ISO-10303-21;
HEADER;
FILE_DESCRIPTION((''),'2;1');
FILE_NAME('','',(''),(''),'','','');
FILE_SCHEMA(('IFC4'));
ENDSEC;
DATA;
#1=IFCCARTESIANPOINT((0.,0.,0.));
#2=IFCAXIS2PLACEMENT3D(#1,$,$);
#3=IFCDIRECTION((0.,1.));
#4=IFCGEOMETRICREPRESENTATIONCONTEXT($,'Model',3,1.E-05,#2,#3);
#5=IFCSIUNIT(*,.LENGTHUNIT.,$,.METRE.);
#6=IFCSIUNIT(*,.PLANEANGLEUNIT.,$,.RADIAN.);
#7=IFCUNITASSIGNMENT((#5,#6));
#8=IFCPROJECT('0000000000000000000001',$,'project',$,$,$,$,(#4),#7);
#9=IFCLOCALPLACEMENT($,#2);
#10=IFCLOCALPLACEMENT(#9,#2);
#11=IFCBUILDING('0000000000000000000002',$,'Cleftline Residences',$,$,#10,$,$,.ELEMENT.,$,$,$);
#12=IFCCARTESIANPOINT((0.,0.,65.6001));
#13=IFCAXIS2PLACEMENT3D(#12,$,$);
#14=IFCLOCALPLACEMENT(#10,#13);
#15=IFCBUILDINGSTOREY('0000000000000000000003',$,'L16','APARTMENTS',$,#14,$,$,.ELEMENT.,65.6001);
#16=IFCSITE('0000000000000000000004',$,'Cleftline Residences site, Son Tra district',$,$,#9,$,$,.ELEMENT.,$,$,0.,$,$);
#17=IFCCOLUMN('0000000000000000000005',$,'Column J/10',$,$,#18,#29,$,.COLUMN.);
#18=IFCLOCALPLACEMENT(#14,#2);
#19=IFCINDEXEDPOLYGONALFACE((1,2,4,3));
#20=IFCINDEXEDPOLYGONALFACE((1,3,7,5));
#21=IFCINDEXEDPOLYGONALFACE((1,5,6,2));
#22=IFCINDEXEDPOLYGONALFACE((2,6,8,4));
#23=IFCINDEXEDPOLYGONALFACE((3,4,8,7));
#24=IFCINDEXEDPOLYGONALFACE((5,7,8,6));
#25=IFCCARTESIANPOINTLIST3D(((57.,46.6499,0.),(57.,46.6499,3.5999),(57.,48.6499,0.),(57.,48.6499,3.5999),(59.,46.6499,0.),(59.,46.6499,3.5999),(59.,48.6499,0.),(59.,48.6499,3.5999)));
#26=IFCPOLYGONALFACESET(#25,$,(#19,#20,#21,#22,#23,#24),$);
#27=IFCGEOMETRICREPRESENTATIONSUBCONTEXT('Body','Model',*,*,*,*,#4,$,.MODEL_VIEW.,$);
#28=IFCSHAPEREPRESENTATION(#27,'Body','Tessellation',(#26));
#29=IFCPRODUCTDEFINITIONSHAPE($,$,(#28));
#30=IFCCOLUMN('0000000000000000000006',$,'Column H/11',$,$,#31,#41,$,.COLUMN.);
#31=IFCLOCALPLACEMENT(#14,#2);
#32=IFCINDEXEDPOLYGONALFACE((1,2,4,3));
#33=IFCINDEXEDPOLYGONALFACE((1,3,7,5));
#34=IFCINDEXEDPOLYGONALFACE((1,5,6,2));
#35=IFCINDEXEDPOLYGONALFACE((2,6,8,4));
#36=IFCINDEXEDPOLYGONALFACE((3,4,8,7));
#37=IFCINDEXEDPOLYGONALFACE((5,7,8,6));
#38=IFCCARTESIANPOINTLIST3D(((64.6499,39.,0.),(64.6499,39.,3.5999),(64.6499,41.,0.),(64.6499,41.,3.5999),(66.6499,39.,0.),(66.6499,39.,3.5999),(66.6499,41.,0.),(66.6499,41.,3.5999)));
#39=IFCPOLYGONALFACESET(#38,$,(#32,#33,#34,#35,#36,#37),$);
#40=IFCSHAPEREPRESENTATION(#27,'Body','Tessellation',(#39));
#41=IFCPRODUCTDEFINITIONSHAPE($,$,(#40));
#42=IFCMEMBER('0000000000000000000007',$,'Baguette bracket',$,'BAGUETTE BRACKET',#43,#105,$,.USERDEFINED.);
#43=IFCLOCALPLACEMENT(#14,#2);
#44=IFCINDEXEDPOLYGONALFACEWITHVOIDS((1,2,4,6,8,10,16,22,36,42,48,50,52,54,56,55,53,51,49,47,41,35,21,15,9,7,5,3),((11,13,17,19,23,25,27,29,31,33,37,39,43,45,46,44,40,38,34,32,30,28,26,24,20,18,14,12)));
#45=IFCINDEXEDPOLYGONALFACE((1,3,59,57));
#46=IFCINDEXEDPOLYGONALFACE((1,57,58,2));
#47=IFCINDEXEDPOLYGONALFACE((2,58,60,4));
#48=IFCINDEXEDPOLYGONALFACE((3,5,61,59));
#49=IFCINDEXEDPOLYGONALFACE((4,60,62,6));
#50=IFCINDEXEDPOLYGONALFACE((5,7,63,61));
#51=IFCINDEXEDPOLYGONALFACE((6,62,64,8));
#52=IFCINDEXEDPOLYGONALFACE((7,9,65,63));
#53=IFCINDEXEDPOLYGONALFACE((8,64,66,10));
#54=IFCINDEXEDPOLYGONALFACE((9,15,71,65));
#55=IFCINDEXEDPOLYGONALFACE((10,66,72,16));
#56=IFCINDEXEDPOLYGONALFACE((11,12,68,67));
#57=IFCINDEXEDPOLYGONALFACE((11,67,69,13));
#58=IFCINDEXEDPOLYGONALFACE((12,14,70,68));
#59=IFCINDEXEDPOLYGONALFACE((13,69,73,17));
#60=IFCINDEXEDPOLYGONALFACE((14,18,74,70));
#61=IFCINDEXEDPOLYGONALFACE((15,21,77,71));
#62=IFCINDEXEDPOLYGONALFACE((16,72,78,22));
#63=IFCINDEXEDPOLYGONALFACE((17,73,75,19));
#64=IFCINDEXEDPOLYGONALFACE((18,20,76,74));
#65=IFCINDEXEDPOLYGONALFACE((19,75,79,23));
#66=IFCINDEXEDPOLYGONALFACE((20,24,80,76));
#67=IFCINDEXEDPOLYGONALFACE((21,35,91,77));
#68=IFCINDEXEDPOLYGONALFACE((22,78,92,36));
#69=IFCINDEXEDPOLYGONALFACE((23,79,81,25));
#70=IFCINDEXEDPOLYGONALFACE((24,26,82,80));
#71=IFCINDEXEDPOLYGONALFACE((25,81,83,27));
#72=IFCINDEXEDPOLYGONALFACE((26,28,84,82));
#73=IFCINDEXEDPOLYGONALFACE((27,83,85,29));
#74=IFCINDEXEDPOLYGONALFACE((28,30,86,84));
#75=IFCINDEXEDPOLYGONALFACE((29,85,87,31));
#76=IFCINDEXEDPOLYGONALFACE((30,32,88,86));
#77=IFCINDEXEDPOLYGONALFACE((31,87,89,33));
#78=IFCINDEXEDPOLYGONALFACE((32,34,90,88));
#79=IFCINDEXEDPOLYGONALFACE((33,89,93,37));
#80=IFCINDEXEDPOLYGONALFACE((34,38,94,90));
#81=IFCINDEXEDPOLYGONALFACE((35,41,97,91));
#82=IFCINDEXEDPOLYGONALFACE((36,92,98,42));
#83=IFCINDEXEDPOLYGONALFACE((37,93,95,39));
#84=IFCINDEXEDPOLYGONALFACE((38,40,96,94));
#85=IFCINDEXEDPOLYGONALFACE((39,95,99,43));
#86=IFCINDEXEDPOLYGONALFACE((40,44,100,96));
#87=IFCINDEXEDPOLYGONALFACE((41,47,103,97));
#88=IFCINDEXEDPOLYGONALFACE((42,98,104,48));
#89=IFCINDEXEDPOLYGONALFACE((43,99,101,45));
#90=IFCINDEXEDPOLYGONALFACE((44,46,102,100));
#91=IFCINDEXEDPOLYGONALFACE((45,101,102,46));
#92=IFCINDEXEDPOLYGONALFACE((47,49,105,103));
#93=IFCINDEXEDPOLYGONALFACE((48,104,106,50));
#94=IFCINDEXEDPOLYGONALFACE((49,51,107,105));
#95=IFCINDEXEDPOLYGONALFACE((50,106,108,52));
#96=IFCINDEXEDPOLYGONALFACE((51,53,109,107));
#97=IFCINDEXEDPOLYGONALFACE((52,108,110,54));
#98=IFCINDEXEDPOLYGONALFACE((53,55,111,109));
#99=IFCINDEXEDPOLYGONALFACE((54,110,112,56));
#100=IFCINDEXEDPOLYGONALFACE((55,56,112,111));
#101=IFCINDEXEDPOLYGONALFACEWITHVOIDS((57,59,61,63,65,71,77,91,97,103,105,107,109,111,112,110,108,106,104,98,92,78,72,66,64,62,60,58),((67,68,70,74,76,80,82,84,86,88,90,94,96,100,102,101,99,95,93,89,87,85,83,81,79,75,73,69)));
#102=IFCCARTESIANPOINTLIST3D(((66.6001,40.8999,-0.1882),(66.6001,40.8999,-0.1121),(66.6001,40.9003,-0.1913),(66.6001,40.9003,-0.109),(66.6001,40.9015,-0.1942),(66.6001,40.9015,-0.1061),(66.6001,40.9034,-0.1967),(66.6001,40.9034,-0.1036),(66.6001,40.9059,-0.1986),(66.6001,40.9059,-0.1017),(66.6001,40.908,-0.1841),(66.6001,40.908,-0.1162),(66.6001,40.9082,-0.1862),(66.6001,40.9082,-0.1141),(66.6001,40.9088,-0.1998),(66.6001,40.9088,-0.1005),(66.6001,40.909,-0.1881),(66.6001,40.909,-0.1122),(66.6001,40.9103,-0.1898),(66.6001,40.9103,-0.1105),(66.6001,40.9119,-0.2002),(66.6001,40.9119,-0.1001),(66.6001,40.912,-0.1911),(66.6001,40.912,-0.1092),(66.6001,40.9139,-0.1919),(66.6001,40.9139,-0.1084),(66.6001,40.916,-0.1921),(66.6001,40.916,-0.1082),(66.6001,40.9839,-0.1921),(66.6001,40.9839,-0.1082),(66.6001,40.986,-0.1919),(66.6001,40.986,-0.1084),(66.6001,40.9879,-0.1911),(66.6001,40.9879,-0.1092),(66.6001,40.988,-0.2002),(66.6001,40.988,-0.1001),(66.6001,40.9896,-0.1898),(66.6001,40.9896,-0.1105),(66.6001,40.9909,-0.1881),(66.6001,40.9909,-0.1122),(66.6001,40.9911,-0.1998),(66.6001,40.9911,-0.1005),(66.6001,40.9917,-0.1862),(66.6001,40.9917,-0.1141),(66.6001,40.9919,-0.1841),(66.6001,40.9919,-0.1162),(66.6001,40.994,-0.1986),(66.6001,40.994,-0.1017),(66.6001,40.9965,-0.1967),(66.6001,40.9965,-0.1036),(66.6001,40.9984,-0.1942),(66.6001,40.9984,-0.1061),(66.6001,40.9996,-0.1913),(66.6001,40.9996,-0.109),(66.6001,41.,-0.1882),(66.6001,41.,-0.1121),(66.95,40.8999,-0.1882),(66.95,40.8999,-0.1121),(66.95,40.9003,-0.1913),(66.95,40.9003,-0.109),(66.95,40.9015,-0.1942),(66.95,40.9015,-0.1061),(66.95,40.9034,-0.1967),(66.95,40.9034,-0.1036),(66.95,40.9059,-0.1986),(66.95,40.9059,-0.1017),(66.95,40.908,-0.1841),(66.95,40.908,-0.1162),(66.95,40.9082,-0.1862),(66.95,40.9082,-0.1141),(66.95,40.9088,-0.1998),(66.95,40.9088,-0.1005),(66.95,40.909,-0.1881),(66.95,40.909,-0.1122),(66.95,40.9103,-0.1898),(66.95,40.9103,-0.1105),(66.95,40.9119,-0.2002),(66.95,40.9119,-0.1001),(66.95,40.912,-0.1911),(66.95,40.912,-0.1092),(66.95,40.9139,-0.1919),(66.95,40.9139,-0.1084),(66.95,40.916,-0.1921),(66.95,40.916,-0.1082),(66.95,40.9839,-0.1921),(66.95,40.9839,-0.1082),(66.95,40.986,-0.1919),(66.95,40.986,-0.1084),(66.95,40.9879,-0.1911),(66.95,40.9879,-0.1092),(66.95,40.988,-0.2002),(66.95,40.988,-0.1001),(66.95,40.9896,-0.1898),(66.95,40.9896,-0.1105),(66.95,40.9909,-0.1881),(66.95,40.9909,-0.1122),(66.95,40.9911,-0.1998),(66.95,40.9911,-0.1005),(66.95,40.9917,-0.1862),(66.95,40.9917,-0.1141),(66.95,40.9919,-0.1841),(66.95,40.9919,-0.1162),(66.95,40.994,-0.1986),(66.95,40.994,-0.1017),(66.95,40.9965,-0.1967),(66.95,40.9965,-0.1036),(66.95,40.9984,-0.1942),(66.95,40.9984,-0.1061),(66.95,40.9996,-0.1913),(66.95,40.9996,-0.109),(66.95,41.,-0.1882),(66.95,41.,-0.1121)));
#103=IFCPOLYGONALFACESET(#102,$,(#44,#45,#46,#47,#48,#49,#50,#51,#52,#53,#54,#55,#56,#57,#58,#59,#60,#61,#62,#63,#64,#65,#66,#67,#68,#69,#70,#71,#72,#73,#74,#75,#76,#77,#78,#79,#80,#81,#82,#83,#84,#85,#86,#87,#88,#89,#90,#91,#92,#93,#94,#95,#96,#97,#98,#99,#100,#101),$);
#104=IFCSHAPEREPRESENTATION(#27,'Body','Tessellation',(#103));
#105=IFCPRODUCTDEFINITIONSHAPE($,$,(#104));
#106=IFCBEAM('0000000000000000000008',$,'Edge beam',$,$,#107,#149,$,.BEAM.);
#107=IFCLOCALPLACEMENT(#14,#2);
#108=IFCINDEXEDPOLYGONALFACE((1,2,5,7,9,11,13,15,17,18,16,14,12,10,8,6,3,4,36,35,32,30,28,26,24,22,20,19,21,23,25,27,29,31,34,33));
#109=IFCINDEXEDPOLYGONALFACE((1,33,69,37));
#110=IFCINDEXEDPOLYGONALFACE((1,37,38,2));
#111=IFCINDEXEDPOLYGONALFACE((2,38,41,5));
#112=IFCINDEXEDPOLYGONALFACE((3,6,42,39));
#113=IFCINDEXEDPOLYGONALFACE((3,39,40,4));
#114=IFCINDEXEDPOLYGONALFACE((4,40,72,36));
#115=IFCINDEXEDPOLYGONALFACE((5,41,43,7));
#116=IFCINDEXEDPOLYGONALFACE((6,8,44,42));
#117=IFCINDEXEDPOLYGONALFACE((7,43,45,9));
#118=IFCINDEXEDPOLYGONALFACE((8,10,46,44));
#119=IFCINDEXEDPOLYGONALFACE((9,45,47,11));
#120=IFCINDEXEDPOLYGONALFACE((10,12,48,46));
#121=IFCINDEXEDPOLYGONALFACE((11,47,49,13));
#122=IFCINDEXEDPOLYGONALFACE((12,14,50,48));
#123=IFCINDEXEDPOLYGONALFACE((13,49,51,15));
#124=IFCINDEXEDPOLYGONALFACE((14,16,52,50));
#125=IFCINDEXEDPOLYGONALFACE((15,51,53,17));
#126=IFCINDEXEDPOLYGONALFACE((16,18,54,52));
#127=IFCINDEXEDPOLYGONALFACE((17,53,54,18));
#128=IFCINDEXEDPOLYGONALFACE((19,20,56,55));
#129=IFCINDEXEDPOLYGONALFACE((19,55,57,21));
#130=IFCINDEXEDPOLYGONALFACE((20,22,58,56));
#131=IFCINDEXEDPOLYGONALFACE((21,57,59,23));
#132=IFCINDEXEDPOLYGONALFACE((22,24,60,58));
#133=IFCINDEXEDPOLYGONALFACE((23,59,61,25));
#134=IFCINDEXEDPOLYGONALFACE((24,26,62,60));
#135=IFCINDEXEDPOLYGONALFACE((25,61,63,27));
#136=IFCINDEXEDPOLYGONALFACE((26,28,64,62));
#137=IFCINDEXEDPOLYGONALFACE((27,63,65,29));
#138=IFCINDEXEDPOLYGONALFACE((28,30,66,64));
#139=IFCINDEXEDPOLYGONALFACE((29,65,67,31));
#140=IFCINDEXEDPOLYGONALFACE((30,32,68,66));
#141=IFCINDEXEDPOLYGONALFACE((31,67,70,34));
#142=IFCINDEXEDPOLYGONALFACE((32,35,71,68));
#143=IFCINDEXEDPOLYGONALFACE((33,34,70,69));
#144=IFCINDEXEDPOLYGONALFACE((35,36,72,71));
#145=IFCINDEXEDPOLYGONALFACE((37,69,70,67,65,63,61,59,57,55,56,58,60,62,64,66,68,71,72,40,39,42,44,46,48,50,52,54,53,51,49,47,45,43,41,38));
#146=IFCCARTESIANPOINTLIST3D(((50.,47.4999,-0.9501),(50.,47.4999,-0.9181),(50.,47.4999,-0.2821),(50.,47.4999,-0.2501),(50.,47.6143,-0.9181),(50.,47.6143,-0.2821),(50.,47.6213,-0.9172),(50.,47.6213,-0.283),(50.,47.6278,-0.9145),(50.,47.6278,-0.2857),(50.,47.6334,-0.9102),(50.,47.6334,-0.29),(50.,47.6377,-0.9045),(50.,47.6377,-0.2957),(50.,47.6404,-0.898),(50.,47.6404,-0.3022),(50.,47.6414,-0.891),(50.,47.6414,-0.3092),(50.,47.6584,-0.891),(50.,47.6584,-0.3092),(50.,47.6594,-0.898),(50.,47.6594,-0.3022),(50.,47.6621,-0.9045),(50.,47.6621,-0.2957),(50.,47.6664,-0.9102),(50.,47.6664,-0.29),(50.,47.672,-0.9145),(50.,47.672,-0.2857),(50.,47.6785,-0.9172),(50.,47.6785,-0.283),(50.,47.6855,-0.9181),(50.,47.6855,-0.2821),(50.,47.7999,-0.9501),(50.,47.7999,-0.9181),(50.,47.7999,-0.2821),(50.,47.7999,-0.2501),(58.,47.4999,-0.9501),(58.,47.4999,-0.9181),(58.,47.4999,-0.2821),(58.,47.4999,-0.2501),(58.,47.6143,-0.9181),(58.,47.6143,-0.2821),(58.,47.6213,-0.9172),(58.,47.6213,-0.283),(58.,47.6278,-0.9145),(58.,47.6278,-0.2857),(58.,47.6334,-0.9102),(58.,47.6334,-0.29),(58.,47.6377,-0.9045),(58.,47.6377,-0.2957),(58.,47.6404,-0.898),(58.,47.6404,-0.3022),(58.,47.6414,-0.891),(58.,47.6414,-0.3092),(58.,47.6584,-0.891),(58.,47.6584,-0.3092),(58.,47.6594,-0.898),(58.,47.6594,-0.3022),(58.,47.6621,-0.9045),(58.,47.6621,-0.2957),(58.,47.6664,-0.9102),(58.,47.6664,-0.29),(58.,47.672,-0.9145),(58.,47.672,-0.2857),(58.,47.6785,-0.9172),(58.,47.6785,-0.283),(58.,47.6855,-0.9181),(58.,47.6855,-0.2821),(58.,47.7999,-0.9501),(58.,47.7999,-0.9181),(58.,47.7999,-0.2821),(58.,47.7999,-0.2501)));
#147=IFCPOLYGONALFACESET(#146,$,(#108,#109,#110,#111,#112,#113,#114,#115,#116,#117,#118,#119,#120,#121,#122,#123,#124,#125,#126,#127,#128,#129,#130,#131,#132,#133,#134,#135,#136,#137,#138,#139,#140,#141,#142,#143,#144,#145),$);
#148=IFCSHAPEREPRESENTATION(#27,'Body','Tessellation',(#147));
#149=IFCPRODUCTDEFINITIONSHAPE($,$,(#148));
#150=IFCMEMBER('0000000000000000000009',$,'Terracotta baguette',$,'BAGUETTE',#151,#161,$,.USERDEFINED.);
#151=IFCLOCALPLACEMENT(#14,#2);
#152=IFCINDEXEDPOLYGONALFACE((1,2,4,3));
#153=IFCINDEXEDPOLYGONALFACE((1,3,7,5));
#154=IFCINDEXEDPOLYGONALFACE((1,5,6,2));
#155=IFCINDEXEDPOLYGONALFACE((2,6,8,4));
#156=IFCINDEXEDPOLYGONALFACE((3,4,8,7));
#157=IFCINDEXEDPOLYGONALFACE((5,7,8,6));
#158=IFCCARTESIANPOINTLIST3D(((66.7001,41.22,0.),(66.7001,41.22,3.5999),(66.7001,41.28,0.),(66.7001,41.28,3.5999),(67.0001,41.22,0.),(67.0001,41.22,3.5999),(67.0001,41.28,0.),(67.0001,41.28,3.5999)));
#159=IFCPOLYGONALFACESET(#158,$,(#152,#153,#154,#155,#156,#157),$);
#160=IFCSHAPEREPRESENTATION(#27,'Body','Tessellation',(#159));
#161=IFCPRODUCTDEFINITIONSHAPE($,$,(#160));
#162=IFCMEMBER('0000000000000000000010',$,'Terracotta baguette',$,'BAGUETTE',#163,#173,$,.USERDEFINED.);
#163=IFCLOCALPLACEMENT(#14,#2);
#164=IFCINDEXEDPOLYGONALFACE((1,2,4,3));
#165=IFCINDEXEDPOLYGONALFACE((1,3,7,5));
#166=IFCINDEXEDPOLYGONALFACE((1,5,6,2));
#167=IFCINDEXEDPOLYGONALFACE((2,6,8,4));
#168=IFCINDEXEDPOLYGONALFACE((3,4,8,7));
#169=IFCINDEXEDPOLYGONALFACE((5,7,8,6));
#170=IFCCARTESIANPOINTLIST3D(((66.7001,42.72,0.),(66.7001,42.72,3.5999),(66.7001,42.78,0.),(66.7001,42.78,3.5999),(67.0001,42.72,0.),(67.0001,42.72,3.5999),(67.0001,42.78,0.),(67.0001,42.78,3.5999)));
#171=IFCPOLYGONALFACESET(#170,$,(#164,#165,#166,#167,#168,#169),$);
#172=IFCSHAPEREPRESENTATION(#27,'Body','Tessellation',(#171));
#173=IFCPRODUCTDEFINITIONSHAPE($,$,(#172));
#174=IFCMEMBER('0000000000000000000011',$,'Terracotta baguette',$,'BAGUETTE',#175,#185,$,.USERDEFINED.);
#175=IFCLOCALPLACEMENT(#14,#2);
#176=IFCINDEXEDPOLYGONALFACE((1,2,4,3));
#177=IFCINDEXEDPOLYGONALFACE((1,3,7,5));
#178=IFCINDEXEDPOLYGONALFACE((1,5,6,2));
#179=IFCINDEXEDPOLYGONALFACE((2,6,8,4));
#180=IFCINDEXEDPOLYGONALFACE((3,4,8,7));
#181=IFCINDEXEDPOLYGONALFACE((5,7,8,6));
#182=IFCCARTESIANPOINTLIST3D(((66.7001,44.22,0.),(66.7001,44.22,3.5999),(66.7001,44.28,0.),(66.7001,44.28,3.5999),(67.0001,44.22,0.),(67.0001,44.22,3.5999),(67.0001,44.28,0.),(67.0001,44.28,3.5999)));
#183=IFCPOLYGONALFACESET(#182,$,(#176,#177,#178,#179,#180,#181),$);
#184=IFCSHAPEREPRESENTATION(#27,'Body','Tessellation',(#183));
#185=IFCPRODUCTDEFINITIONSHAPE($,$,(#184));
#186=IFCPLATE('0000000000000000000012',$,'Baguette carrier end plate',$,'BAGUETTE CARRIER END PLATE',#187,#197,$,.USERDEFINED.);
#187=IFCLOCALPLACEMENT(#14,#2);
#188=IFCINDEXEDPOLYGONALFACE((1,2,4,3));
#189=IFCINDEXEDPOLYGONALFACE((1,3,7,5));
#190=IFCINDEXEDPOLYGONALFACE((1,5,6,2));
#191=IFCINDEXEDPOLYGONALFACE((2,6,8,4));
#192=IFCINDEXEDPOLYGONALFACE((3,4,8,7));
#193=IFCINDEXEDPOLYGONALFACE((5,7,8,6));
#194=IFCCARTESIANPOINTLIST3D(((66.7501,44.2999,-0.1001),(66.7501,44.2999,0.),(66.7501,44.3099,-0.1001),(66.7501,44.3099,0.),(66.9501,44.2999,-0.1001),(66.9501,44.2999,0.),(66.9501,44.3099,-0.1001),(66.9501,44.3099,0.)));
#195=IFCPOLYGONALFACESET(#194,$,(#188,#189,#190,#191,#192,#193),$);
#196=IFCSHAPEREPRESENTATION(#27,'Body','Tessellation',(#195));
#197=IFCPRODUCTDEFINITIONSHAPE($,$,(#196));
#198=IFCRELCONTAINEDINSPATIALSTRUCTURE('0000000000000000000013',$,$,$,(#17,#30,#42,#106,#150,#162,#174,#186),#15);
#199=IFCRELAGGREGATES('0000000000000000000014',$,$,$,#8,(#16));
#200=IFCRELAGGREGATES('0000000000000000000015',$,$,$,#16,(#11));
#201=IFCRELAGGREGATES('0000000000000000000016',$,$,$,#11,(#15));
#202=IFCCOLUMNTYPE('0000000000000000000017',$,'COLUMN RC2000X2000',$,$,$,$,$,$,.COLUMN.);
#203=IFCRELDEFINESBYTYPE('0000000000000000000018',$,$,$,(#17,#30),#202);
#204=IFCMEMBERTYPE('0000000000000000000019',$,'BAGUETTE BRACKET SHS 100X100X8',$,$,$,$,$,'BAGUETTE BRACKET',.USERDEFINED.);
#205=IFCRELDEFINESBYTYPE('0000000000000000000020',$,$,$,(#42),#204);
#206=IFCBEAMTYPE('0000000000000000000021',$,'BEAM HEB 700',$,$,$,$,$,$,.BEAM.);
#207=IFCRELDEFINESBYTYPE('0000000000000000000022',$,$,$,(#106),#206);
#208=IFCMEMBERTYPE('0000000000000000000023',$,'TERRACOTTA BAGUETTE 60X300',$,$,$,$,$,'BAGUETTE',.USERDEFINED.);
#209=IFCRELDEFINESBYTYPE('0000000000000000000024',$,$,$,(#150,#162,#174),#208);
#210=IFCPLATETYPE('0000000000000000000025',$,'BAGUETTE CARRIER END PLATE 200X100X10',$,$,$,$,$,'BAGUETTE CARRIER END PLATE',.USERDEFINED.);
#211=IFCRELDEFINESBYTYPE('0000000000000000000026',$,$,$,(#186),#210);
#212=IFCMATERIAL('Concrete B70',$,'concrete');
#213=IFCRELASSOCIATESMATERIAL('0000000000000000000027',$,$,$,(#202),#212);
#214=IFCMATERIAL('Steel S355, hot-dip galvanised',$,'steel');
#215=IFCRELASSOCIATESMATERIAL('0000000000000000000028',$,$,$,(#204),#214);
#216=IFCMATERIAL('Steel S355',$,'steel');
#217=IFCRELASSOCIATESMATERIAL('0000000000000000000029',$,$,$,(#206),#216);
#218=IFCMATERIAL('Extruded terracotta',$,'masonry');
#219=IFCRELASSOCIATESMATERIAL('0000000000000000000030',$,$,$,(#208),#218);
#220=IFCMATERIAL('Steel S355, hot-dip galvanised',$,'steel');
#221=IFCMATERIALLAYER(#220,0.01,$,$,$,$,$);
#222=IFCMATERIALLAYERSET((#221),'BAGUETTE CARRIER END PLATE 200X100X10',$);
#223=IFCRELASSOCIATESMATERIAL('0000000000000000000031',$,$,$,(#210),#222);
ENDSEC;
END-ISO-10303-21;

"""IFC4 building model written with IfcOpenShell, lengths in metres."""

from ifc_helpers import new_model, si_unit, direction, frame, origin, origin_2d, place, context, subcontext, project, spatial, rectangle, hollow_rectangle, i_section, extrude, material, layer, layer_set, material_profile, profile_set, type_object, element, save


model = new_model("IFC4")

# Units and contexts
model_context = context("Model", 3, precision=1e-05, world=origin(), true_north=direction((0.0, 1.0)))
body_context = subcontext(model_context, "Body", "Model", "MODEL_VIEW")
ifc_project = project(units=[si_unit("LENGTHUNIT", "METRE"), si_unit("PLANEANGLEUNIT", "RADIAN")], contexts=[model_context])

# Site, building, storey
site_placement = place(None, origin())
site = spatial("IfcSite", under=ifc_project, at=site_placement, Name="Cleftline Residences site, Son Tra district", CompositionType="ELEMENT", RefElevation=0.0)
building_placement = place(site_placement, origin())
building = spatial("IfcBuilding", under=site, at=building_placement, Name="Cleftline Residences", CompositionType="ELEMENT")
storey_placement = place(building_placement, frame((0.0, 0.0, 65.6001)))
storey = spatial("IfcBuildingStorey", under=building, at=storey_placement, Name="L16", Description="APARTMENTS", CompositionType="ELEMENT", Elevation=65.6001)

# Columns
ifc_material_1 = material(Name="Concrete B70", Category="concrete")
ifc_material_profile_1 = material_profile(ifc_material_1, rectangle(XDim=2.0, YDim=2.0, at=origin_2d()))
ifc_profile_set_1 = profile_set([ifc_material_profile_1], Name="Concrete B70")
column_type = type_object("IfcColumnType", Name="COLUMN RC2000X2000", PredefinedType="COLUMN", material=ifc_profile_set_1)
for number, where, z_axis, x_axis, name in (
    (1, (58.0, 47.6499, 0.0), (0.0, 0.0, 1.0), (1.0, 0.0, 0.0), "Column J/10"),
    (2, (65.6499, 40.0, 0.0), (0.0, 0.0, 1.0), (1.0, 0.0, 0.0), "Column H/11"),
):
    element("IfcColumn", number, at=place(storey_placement, frame(where, z_axis=z_axis, x_axis=x_axis)), inside=storey, type_object=column_type, Name=name, PredefinedType="COLUMN", context=body_context, shape_type="SweptSolid", body=[
        extrude(rectangle(XDim=2.0, YDim=2.0, at=origin_2d()), origin(), (0.0, 0.0, 1.0), 3.5999),
    ])

# Member
ifc_material_2 = material(Name="Steel S355, hot-dip galvanised", Category="steel")
ifc_material_profile_2 = material_profile(ifc_material_2, hollow_rectangle(XDim=0.1001, YDim=0.1001, WallThickness=0.0081, InnerFilletRadius=0.0081, OuterFilletRadius=0.012, at=origin_2d()))
ifc_profile_set_2 = profile_set([ifc_material_profile_2], Name="Steel S355, hot-dip galvanised")
member_type_1 = type_object("IfcMemberType", Name="BAGUETTE BRACKET SHS 100X100X8", ElementType="BAGUETTE BRACKET", PredefinedType="USERDEFINED", material=ifc_profile_set_2)
member_placement = place(storey_placement, frame((66.6001, 40.95, -0.1501), z_axis=(1.0, 0.0, 0.0), x_axis=(0.0, 1.0, 0.0)))
element("IfcMember", 3, at=member_placement, inside=storey, type_object=member_type_1, Name="Baguette bracket", ObjectType="BAGUETTE BRACKET", PredefinedType="USERDEFINED", context=body_context, shape_type="SweptSolid", body=[
    extrude(hollow_rectangle(XDim=0.1001, YDim=0.1001, WallThickness=0.0081, InnerFilletRadius=0.0081, OuterFilletRadius=0.012, at=origin_2d()), origin(), (0.0, 0.0, 1.0), 0.3499),
])

# Beam
ifc_material_3 = material(Name="Steel S355", Category="steel")
ifc_material_profile_3 = material_profile(ifc_material_3, i_section(OverallWidth=0.3, OverallDepth=0.7, WebThickness=0.0171, FlangeThickness=0.032, FilletRadius=0.0271, at=origin_2d()))
ifc_profile_set_3 = profile_set([ifc_material_profile_3], Name="Steel S355")
beam_type = type_object("IfcBeamType", Name="BEAM HEB 700", PredefinedType="BEAM", material=ifc_profile_set_3)
beam_placement = place(storey_placement, frame((58.0, 47.6499, -0.6001), z_axis=(-1.0, 0.0, 0.0), x_axis=(0.0, -1.0, 0.0)))
element("IfcBeam", 4, at=beam_placement, inside=storey, type_object=beam_type, Name="Edge beam", PredefinedType="BEAM", context=body_context, shape_type="SweptSolid", body=[
    extrude(i_section(OverallWidth=0.3, OverallDepth=0.7, WebThickness=0.0171, FlangeThickness=0.032, FilletRadius=0.0271, at=origin_2d()), origin(), (0.0, 0.0, 1.0), 8.0),
])

# Members
ifc_material_4 = material(Name="Extruded terracotta", Category="masonry")
ifc_material_profile_4 = material_profile(ifc_material_4, rectangle(XDim=0.0601, YDim=0.3, at=origin_2d()))
ifc_profile_set_4 = profile_set([ifc_material_profile_4], Name="Extruded terracotta")
member_type_2 = type_object("IfcMemberType", Name="TERRACOTTA BAGUETTE 60X300", ElementType="BAGUETTE", PredefinedType="USERDEFINED", material=ifc_profile_set_4)
for number, where, z_axis, x_axis, name in (
    (5, (66.8501, 41.25, 0.0), (0.0, 0.0, 1.0), (0.0, 1.0, 0.0), "Terracotta baguette"),
    (6, (66.8501, 42.75, 0.0), (0.0, 0.0, 1.0), (0.0, 1.0, 0.0), "Terracotta baguette"),
    (7, (66.8501, 44.25, 0.0), (0.0, 0.0, 1.0), (0.0, 1.0, 0.0), "Terracotta baguette"),
):
    element("IfcMember", number, at=place(storey_placement, frame(where, z_axis=z_axis, x_axis=x_axis)), inside=storey, type_object=member_type_2, Name=name, ObjectType="BAGUETTE", PredefinedType="USERDEFINED", context=body_context, shape_type="SweptSolid", body=[
        extrude(rectangle(XDim=0.0601, YDim=0.3, at=origin_2d()), origin(), (0.0, 0.0, 1.0), 3.5999),
    ])

# Plate
ifc_material_5 = material(Name="Steel S355, hot-dip galvanised", Category="steel")
ifc_layer_1 = layer(ifc_material_5, 0.01)
ifc_layer_set_1 = layer_set([ifc_layer_1], Name="BAGUETTE CARRIER END PLATE 200X100X10")
plate_type = type_object("IfcPlateType", Name="BAGUETTE CARRIER END PLATE 200X100X10", ElementType="BAGUETTE CARRIER END PLATE", PredefinedType="USERDEFINED", material=ifc_layer_set_1)
plate_placement = place(storey_placement, frame((66.8501, 44.3049, -0.1001), z_axis=(0.0, 0.0, 1.0), x_axis=(1.0, 0.0, 0.0)))
element("IfcPlate", 8, at=plate_placement, inside=storey, type_object=plate_type, Name="Baguette carrier end plate", ObjectType="BAGUETTE CARRIER END PLATE", PredefinedType="USERDEFINED", context=body_context, shape_type="SweptSolid", body=[
    extrude(rectangle(XDim=0.2, YDim=0.01, at=origin_2d()), origin(), (0.0, 0.0, 1.0), 0.1001),
])

save(model, "model.ifc")
